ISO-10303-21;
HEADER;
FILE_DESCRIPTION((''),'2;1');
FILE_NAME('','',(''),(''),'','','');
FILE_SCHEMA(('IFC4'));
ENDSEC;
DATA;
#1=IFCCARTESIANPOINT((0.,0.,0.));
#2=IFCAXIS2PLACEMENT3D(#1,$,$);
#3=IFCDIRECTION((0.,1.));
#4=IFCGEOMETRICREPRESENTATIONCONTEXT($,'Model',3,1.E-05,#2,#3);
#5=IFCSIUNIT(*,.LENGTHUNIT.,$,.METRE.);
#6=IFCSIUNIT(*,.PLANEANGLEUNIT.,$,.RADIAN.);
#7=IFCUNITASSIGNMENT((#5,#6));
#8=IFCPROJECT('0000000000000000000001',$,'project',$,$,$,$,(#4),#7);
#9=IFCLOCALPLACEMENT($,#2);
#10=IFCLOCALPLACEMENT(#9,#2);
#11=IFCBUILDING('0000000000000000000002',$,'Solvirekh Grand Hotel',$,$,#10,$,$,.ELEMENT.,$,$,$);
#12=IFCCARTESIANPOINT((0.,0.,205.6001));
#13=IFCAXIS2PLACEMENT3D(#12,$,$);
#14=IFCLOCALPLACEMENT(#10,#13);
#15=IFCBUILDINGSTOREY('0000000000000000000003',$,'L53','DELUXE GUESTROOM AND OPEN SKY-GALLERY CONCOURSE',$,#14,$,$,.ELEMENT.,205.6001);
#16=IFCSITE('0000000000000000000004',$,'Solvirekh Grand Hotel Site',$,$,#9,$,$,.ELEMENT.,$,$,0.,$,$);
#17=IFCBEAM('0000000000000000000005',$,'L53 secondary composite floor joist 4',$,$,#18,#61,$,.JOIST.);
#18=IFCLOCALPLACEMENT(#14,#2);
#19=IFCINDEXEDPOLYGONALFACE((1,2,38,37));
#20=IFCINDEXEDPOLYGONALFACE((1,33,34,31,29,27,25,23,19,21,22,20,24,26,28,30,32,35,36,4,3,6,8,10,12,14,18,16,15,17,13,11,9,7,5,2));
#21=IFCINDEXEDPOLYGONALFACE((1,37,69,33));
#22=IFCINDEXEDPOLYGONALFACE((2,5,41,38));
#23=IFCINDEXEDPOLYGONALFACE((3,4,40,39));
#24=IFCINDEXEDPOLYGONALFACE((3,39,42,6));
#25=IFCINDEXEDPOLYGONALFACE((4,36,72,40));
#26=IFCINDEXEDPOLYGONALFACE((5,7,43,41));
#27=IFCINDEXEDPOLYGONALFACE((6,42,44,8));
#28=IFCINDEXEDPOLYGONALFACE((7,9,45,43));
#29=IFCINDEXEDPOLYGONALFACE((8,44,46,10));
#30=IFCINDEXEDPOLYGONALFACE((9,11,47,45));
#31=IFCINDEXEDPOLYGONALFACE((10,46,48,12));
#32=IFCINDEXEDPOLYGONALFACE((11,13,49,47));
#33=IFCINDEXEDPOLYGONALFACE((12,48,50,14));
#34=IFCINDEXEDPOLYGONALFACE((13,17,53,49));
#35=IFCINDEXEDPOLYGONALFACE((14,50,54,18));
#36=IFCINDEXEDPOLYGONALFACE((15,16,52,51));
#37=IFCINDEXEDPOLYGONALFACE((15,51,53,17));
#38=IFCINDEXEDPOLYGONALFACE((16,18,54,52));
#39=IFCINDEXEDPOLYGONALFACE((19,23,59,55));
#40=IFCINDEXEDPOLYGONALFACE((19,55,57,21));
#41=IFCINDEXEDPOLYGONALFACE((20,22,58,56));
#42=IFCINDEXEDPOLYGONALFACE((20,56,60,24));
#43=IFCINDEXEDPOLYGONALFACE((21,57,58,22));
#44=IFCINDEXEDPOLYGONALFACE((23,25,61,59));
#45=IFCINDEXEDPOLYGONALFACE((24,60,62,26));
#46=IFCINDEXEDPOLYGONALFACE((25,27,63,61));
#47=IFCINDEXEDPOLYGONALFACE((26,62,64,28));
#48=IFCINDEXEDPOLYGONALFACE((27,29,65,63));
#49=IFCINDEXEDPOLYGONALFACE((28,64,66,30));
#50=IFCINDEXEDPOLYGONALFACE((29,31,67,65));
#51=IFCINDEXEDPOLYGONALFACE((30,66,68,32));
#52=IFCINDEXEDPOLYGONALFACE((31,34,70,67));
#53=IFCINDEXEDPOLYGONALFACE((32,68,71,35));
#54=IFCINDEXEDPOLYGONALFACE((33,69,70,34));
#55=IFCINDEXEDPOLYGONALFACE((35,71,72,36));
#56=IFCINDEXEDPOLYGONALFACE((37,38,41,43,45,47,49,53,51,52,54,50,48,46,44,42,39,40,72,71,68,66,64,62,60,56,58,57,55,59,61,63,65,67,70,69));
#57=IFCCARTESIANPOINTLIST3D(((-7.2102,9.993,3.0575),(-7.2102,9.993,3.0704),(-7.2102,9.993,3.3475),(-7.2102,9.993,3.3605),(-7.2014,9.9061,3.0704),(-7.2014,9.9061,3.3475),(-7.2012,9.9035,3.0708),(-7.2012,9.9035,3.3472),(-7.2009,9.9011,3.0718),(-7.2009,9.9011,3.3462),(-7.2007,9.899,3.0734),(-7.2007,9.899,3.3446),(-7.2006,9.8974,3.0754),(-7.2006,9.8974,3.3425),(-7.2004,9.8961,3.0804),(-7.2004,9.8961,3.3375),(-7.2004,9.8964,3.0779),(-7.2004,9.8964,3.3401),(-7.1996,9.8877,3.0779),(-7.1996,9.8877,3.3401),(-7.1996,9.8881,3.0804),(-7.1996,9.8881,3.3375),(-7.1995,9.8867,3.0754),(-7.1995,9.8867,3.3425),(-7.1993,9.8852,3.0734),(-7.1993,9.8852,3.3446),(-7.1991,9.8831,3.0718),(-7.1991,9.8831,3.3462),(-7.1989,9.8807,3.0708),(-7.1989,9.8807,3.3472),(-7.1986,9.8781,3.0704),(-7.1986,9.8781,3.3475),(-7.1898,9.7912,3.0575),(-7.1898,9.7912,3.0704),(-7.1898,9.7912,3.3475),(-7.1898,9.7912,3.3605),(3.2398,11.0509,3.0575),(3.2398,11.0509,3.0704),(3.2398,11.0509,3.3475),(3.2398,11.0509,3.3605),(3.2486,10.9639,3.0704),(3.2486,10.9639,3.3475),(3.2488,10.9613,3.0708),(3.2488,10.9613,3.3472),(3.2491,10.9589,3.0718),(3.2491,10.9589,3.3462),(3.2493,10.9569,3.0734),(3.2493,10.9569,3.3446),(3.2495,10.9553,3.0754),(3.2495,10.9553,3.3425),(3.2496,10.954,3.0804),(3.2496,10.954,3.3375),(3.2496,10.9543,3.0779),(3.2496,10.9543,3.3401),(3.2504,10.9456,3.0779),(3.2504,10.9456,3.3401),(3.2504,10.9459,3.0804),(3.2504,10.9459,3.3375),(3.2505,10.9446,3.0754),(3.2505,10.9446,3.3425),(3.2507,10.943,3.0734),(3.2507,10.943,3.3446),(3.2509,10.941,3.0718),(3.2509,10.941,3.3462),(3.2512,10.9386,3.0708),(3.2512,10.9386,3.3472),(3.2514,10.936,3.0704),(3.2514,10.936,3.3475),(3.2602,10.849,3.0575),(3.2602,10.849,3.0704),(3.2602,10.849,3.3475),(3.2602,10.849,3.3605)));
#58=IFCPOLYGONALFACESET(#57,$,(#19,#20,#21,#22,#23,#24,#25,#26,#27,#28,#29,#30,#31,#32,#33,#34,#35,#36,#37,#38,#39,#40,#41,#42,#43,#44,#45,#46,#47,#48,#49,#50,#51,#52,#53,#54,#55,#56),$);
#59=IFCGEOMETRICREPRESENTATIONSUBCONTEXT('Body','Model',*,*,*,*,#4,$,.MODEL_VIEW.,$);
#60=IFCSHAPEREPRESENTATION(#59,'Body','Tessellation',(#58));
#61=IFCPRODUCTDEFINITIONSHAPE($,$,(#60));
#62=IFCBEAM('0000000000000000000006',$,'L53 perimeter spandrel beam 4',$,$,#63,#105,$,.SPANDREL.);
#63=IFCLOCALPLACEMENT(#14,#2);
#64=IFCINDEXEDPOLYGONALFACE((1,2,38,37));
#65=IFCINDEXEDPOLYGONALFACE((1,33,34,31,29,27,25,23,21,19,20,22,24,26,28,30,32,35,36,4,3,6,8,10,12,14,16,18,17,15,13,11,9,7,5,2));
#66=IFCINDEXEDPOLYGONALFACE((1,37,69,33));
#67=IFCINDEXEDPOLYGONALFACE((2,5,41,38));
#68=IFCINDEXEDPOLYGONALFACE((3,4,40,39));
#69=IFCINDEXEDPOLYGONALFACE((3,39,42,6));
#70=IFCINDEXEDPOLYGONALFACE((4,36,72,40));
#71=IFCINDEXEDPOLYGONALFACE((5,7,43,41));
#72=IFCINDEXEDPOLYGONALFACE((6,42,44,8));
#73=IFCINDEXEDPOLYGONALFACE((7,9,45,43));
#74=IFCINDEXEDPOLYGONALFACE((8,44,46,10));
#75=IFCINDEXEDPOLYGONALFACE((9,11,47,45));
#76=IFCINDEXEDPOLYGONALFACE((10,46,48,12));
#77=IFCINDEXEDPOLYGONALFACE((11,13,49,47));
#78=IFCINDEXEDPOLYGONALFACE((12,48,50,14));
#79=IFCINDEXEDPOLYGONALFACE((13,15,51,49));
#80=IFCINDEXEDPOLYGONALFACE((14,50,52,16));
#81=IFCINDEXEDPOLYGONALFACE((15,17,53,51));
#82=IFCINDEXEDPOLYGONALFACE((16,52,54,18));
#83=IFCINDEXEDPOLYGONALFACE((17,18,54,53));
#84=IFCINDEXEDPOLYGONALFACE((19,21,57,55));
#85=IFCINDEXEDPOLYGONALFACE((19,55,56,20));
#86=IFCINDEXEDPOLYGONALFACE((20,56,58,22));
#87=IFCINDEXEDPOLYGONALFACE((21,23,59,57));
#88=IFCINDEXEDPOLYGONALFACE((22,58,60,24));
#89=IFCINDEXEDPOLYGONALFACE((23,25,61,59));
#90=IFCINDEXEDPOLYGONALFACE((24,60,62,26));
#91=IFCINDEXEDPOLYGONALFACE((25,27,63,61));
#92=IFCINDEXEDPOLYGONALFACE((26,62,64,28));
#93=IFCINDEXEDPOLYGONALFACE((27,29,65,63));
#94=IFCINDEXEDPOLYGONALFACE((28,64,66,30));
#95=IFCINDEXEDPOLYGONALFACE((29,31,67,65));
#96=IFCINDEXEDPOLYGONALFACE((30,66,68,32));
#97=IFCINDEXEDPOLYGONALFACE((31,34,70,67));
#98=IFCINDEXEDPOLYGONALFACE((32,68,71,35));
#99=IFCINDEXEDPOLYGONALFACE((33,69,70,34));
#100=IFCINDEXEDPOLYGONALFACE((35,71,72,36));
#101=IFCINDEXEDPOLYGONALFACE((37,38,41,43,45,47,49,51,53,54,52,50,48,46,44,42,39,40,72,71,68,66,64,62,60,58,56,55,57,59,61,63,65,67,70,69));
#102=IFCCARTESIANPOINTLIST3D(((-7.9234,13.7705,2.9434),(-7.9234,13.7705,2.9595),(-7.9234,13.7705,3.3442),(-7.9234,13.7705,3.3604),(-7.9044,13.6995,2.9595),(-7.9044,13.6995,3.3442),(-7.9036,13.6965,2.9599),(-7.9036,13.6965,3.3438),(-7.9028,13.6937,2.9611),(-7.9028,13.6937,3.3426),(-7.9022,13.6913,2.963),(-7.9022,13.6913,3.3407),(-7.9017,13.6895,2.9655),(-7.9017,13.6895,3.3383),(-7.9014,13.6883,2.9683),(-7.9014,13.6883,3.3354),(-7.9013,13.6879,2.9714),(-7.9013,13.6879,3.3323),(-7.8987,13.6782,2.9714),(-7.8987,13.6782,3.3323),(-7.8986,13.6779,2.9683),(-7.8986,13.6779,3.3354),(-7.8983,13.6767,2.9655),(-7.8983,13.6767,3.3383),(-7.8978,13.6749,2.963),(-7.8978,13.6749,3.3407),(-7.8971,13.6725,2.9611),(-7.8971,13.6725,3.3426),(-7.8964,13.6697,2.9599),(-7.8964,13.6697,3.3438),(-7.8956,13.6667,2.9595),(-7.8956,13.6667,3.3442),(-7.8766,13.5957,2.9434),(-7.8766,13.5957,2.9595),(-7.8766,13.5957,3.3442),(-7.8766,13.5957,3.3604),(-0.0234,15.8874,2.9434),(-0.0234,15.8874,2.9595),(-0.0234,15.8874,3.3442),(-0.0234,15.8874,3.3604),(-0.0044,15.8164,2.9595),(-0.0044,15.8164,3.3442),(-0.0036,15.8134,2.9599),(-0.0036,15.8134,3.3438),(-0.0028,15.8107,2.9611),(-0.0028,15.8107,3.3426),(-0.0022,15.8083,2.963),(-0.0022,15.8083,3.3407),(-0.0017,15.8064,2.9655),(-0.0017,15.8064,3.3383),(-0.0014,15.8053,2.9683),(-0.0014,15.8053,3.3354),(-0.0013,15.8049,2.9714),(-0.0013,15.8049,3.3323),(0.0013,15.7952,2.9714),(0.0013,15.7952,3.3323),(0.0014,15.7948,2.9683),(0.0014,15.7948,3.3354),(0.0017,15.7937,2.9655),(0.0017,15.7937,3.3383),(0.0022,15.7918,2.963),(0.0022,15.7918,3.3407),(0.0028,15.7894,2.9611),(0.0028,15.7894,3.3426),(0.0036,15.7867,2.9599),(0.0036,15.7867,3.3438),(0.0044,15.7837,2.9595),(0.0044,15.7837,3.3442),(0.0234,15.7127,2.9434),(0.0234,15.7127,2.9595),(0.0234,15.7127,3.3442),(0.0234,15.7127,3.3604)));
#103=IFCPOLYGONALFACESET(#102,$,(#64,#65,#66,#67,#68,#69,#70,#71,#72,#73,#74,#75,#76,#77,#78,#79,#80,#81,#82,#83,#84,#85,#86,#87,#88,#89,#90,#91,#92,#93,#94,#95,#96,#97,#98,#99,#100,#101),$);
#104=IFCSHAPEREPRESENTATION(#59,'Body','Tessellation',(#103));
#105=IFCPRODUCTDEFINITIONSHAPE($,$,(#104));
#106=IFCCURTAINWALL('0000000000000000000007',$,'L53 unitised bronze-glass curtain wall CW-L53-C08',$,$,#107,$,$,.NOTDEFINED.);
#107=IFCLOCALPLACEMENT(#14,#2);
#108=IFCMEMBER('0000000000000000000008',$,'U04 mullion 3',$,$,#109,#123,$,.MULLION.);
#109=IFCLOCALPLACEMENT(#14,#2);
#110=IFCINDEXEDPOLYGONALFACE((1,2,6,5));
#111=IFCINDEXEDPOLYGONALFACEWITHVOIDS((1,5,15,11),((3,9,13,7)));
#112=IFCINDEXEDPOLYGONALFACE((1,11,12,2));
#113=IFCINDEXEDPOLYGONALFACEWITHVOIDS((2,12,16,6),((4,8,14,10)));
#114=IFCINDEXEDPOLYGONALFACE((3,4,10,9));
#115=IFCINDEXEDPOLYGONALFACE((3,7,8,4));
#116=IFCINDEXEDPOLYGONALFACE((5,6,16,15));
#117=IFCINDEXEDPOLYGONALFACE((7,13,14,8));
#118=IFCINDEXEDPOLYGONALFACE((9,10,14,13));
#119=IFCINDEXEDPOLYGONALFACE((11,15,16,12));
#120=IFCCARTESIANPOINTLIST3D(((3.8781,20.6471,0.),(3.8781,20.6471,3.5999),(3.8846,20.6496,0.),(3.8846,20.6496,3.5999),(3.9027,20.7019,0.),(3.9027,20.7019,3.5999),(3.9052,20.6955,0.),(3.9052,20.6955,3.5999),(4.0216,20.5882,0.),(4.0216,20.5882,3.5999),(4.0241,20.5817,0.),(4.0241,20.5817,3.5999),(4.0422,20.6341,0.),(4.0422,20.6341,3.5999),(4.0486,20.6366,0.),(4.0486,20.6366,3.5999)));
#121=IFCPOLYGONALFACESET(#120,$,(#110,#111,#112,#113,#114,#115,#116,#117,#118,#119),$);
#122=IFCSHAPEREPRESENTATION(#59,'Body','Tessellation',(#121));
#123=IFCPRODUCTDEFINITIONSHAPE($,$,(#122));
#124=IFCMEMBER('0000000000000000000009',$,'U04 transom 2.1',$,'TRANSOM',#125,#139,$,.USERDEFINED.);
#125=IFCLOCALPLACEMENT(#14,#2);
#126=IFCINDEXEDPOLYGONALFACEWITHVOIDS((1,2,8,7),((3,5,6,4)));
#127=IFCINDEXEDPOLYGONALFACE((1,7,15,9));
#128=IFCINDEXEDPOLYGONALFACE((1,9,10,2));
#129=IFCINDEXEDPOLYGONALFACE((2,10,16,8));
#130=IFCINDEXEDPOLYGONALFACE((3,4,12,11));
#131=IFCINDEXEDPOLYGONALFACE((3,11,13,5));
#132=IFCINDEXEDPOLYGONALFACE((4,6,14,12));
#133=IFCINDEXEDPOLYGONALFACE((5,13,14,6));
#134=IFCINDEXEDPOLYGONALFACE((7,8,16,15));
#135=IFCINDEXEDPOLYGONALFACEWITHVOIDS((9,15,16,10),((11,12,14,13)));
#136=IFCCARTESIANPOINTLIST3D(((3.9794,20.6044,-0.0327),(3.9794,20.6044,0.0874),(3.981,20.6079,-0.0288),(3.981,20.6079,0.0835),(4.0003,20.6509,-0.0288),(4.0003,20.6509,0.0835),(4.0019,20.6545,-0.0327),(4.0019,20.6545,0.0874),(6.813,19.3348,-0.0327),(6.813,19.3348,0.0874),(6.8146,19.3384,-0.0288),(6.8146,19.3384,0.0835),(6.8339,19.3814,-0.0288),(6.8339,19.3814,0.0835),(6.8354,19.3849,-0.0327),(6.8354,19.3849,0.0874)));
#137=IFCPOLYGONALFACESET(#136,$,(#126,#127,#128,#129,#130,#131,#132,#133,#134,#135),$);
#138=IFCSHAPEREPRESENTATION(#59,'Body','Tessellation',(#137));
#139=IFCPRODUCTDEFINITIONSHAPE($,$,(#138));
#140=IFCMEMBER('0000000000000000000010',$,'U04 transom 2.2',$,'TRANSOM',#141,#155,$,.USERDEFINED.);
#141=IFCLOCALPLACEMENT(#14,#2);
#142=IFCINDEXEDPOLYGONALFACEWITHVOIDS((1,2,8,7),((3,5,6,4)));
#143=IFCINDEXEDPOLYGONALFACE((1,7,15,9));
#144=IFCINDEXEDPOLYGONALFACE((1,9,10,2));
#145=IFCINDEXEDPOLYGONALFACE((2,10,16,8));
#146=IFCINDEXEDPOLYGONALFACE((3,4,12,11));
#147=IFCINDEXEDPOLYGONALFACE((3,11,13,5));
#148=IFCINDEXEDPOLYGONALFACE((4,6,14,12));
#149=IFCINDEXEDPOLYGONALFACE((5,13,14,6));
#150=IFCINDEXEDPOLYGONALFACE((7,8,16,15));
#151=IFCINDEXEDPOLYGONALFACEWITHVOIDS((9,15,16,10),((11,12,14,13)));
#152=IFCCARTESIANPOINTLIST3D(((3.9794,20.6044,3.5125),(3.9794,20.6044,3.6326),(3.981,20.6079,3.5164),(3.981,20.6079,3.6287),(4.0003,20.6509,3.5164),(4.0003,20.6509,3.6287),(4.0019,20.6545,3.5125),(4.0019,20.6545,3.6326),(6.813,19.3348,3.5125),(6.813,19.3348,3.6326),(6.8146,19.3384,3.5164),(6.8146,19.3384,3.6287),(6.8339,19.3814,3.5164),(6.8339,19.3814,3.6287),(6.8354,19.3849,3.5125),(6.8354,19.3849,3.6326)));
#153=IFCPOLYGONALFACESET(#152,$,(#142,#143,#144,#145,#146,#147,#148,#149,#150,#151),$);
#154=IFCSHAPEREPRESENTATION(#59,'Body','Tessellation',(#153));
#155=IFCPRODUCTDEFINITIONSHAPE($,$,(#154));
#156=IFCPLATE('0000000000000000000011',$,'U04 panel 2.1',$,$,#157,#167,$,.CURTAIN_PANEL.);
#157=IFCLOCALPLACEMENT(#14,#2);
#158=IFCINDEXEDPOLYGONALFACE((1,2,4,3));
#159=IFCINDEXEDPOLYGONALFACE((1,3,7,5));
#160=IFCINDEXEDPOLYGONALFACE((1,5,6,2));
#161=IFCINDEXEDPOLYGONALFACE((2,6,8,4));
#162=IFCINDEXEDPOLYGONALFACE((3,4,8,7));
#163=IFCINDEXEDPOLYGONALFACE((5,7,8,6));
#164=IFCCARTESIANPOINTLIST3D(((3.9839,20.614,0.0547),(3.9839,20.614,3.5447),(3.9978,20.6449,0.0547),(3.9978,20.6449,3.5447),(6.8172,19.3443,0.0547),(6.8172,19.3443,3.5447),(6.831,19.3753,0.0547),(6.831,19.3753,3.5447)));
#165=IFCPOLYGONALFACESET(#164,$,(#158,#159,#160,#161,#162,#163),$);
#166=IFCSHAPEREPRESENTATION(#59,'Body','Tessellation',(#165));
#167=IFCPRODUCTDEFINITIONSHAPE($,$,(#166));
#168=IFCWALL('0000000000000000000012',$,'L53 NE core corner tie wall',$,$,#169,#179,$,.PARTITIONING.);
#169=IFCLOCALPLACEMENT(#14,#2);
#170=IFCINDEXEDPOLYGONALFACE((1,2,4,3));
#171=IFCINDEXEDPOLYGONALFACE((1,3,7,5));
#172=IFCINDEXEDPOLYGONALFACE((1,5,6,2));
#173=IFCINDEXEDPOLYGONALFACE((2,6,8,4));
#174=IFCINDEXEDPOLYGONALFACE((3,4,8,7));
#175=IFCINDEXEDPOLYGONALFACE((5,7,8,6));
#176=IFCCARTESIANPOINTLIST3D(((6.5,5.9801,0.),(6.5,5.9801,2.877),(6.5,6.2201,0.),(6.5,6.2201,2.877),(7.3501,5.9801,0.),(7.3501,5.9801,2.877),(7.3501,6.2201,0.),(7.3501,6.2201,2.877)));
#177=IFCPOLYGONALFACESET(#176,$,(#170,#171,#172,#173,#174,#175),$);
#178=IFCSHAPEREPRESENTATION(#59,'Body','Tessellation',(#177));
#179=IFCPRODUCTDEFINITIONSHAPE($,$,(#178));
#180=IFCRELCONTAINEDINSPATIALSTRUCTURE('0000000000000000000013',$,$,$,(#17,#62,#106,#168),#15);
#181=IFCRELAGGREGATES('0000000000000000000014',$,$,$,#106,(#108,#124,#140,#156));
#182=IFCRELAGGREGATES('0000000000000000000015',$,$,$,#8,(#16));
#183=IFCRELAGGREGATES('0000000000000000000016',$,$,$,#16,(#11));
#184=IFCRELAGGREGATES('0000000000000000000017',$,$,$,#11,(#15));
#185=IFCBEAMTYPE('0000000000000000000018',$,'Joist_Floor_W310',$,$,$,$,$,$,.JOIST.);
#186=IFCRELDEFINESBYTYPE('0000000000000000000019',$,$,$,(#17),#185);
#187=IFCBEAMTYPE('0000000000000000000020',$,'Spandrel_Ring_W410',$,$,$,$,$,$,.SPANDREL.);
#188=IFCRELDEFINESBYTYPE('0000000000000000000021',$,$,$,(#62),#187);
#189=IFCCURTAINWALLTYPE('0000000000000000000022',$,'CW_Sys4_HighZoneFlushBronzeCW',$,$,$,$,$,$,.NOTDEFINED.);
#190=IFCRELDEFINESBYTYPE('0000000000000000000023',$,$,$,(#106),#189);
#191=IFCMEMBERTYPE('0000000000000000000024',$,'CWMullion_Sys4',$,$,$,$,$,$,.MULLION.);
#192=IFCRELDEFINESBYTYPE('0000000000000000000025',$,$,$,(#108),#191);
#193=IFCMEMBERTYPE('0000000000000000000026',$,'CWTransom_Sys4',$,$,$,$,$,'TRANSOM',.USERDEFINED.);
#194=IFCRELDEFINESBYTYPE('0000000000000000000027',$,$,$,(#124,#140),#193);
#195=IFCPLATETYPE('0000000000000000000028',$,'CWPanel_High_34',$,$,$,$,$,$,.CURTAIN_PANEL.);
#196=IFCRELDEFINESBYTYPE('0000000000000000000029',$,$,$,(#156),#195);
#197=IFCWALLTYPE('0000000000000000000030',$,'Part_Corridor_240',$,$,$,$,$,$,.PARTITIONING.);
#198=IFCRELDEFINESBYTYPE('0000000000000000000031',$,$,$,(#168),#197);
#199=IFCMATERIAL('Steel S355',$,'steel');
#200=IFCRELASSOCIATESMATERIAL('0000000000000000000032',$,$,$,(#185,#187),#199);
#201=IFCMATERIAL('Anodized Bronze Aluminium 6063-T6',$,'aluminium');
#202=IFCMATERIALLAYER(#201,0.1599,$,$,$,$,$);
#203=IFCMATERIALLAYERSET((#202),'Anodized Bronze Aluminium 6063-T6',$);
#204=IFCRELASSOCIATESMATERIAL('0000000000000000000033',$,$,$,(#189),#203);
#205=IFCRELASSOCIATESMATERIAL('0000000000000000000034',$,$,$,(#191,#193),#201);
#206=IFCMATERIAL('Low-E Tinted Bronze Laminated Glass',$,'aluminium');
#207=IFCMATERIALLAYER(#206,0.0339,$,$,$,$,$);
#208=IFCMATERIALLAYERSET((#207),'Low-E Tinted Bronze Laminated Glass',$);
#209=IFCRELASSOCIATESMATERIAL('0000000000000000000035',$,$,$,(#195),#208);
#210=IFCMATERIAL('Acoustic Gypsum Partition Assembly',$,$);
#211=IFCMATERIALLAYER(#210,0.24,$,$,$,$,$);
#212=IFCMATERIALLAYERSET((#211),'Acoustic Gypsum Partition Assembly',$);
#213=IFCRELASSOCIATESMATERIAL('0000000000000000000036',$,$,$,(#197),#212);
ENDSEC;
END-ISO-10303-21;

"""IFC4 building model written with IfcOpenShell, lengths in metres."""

from ifc_helpers import new_model, si_unit, direction, frame, frame_2d, origin, origin_2d, place, context, subcontext, project, spatial, rectangle, hollow_rectangle, i_section, extrude, source, transform, mapped, material, layer, layer_set, material_profile, profile_set, type_object, element, aggregate, save


model = new_model("IFC4")

# Units and contexts
model_context = context("Model", 3, precision=1e-05, world=origin(), true_north=direction((0.0, 1.0)))
body_context = subcontext(model_context, "Body", "Model", "MODEL_VIEW")
ifc_project = project(units=[si_unit("LENGTHUNIT", "METRE"), si_unit("PLANEANGLEUNIT", "RADIAN")], contexts=[model_context])

# Site, building, storey
site_placement = place(None, origin())
site = spatial("IfcSite", under=ifc_project, at=site_placement, Name="Solvirekh Grand Hotel Site", CompositionType="ELEMENT", RefElevation=0.0)
building_placement = place(site_placement, origin())
building = spatial("IfcBuilding", under=site, at=building_placement, Name="Solvirekh Grand Hotel", CompositionType="ELEMENT")
storey_placement = place(building_placement, frame((0.0, 0.0, 205.6001)))
storey = spatial("IfcBuildingStorey", under=building, at=storey_placement, Name="L53", Description="DELUXE GUESTROOM AND OPEN SKY-GALLERY CONCOURSE", CompositionType="ELEMENT", Elevation=205.6001)

# Beams
ifc_material_1 = material(Name="Steel S355", Category="steel")
ifc_material_profile_1 = material_profile(ifc_material_1, i_section(OverallWidth=0.2029, OverallDepth=0.303, WebThickness=0.0081, FlangeThickness=0.0129, FilletRadius=0.01, at=origin_2d()), Name="W310X60")
ifc_profile_set_1 = profile_set([ifc_material_profile_1], Name="Steel S355")
beam_type_1 = type_object("IfcBeamType", Name="Joist_Floor_W310", PredefinedType="JOIST", material=ifc_profile_set_1)
beam_1_placement = place(storey_placement, frame((3.25, 10.95, 3.209), z_axis=(-0.994915, -0.100716, 0.0), x_axis=(0.100716, -0.994915, 0.0)))
element("IfcBeam", 1, at=beam_1_placement, inside=storey, type_object=beam_type_1, Name="L53 secondary composite floor joist 4", PredefinedType="JOIST", context=body_context, shape_type="SweptSolid", body=[
    extrude(i_section(OverallWidth=0.2029, OverallDepth=0.303, WebThickness=0.0081, FlangeThickness=0.0129, FilletRadius=0.01, at=origin_2d()), origin(), (0.0, 0.0, 1.0), 10.5034),
])
ifc_material_profile_2 = material_profile(ifc_material_1, i_section(OverallWidth=0.1809, OverallDepth=0.417, WebThickness=0.01, FlangeThickness=0.0161, FilletRadius=0.012, at=origin_2d()), Name="W410X85")
ifc_profile_set_2 = profile_set([ifc_material_profile_2], Name="Steel S355")
beam_type_2 = type_object("IfcBeamType", Name="Spandrel_Ring_W410", PredefinedType="SPANDREL", material=ifc_profile_set_2)
beam_2_placement = place(storey_placement, frame((0.0, 15.8, 3.1519), z_axis=(-0.965921, -0.258839, 0.0), x_axis=(0.258839, -0.965921, 0.0)))
element("IfcBeam", 2, at=beam_2_placement, inside=storey, type_object=beam_type_2, Name="L53 perimeter spandrel beam 4", PredefinedType="SPANDREL", context=body_context, shape_type="SweptSolid", body=[
    extrude(i_section(OverallWidth=0.1809, OverallDepth=0.417, WebThickness=0.01, FlangeThickness=0.0161, FilletRadius=0.012, at=origin_2d()), origin(), (0.0, 0.0, 1.0), 8.1787),
])

# Curtain wall, members, plate
ifc_material_2 = material(Name="Anodized Bronze Aluminium 6063-T6", Category="aluminium")
ifc_layer_1 = layer(ifc_material_2, 0.1599)
ifc_layer_set_1 = layer_set([ifc_layer_1], Name="Anodized Bronze Aluminium 6063-T6")
curtain_wall_type = type_object("IfcCurtainWallType", Name="CW_Sys4_HighZoneFlushBronzeCW", PredefinedType="NOTDEFINED", material=ifc_layer_set_1)
curtain_wall_placement = place(storey_placement, origin())
curtain_wall = element("IfcCurtainWall", 3, at=curtain_wall_placement, inside=storey, type_object=curtain_wall_type, Name="L53 unitised bronze-glass curtain wall CW-L53-C08", PredefinedType="NOTDEFINED")
ifc_material_profile_3 = material_profile(ifc_material_2, hollow_rectangle(XDim=0.0601, YDim=0.1599, WallThickness=0.0049, at=origin_2d()), Name="ALU RHS 160X60X5")
ifc_profile_set_3 = profile_set([ifc_material_profile_3], Name="Anodized Bronze Aluminium 6063-T6")
member_type_1 = type_object("IfcMemberType", Name="CWMullion_Sys4", PredefinedType="MULLION", material=ifc_profile_set_3)
shared_shape_1 = source(origin(), body_context, "Body", "SweptSolid", [
    extrude(hollow_rectangle(XDim=0.0601, YDim=0.1599, WallThickness=0.0049, at=origin_2d()), origin(), (0.0, 0.0, 1.0), 3.5999),
])
member_1_placement = place(storey_placement, frame((3.9634, 20.6418, 0.0), z_axis=(0.0, 0.0, 1.0), x_axis=(-0.408939, -0.912562, 0.0)))
member_1 = element("IfcMember", 4, at=member_1_placement, type_object=member_type_1, Name="U04 mullion 3", PredefinedType="MULLION", context=body_context, shape_type="MappedRepresentation", body=[
    mapped(shared_shape_1, transform((0.0, 0.0, 0.0), x_axis=(1.0, 0.0, 0.0), y_axis=(0.0, 1.0, 0.0), z_axis=(0.0, 0.0, 1.0), scale=1.0)),
])
ifc_material_profile_4 = material_profile(ifc_material_2, hollow_rectangle(XDim=0.0549, YDim=0.1201, WallThickness=0.0039, at=origin_2d()), Name="ALU RHS 120X55X4")
ifc_profile_set_4 = profile_set([ifc_material_profile_4], Name="Anodized Bronze Aluminium 6063-T6")
member_type_2 = type_object("IfcMemberType", Name="CWTransom_Sys4", ElementType="TRANSOM", PredefinedType="USERDEFINED", material=ifc_profile_set_4)
shared_shape_2 = source(origin(), body_context, "Body", "SweptSolid", [
    extrude(hollow_rectangle(XDim=0.0549, YDim=0.1201, WallThickness=0.0039, at=origin_2d()), origin(), (0.0, 0.0, 1.0), 3.105),
])
member_2_placement = place(storey_placement, frame((6.8242, 19.3599, 0.0273), z_axis=(-0.912588, 0.40888, 0.0), x_axis=(-0.40888, -0.912588, 0.0)))
member_2 = element("IfcMember", 5, at=member_2_placement, type_object=member_type_2, Name="U04 transom 2.1", ObjectType="TRANSOM", PredefinedType="USERDEFINED", context=body_context, shape_type="MappedRepresentation", body=[
    mapped(shared_shape_2, transform((0.0, 0.0, 0.0), x_axis=(1.0, 0.0, 0.0), y_axis=(0.0, 1.0, 0.0), z_axis=(0.0, 0.0, 1.0), scale=1.0)),
])
member_3_placement = place(storey_placement, frame((6.8242, 19.3599, 3.5725), z_axis=(-0.912588, 0.40888, 0.0), x_axis=(-0.40888, -0.912588, 0.0)))
member_3 = element("IfcMember", 6, at=member_3_placement, type_object=member_type_2, Name="U04 transom 2.2", ObjectType="TRANSOM", PredefinedType="USERDEFINED", context=body_context, shape_type="MappedRepresentation", body=[
    mapped(shared_shape_2, transform((0.0, 0.0, 0.0), x_axis=(1.0, 0.0, 0.0), y_axis=(0.0, 1.0, 0.0), z_axis=(0.0, 0.0, 1.0), scale=1.0)),
])
ifc_material_3 = material(Name="Low-E Tinted Bronze Laminated Glass", Category="aluminium")
ifc_layer_2 = layer(ifc_material_3, 0.0339)
ifc_layer_set_2 = layer_set([ifc_layer_2], Name="Low-E Tinted Bronze Laminated Glass")
plate_type = type_object("IfcPlateType", Name="CWPanel_High_34", PredefinedType="CURTAIN_PANEL", material=ifc_layer_set_2)
shared_shape_3 = source(origin(), body_context, "Body", "SweptSolid", [
    extrude(rectangle(XDim=3.1047, YDim=0.0339, at=origin_2d()), origin(), (0.0, 0.0, 1.0), 3.49),
])
plate_placement = place(storey_placement, frame((5.4075, 19.9946, 0.0547), z_axis=(0.0, 0.0, 1.0), x_axis=(-0.912562, 0.408939, 0.0)))
plate = element("IfcPlate", 7, at=plate_placement, type_object=plate_type, Name="U04 panel 2.1", PredefinedType="CURTAIN_PANEL", context=body_context, shape_type="MappedRepresentation", body=[
    mapped(shared_shape_3, transform((0.0, 0.0, 0.0), x_axis=(1.0, 0.0, 0.0), y_axis=(0.0, 1.0, 0.0), z_axis=(0.0, 0.0, 1.0), scale=1.0)),
])
aggregate(curtain_wall, [member_1, member_2, member_3, plate])

# Wall
ifc_material_4 = material(Name="Acoustic Gypsum Partition Assembly")
ifc_layer_3 = layer(ifc_material_4, 0.24)
ifc_layer_set_3 = layer_set([ifc_layer_3], Name="Acoustic Gypsum Partition Assembly")
wall_type_1 = type_object("IfcWallType", Name="Part_Corridor_240", PredefinedType="PARTITIONING", material=ifc_layer_set_3)
wall_1_placement = place(storey_placement, frame((6.5, 6.1001, 0.0), z_axis=(0.0, 0.0, 1.0), x_axis=(1.0, 0.0, 0.0)))
element("IfcWall", 8, at=wall_1_placement, inside=storey, type_object=wall_type_1, Name="L53 NE core corner tie wall", PredefinedType="PARTITIONING", context=body_context, shape_type="SweptSolid", body=[
    extrude(rectangle(XDim=0.8501, YDim=0.24, at=frame_2d((0.425, 0.0))), origin(), (0.0, 0.0, 1.0), 2.877),
])

save(model, "model.ifc")
